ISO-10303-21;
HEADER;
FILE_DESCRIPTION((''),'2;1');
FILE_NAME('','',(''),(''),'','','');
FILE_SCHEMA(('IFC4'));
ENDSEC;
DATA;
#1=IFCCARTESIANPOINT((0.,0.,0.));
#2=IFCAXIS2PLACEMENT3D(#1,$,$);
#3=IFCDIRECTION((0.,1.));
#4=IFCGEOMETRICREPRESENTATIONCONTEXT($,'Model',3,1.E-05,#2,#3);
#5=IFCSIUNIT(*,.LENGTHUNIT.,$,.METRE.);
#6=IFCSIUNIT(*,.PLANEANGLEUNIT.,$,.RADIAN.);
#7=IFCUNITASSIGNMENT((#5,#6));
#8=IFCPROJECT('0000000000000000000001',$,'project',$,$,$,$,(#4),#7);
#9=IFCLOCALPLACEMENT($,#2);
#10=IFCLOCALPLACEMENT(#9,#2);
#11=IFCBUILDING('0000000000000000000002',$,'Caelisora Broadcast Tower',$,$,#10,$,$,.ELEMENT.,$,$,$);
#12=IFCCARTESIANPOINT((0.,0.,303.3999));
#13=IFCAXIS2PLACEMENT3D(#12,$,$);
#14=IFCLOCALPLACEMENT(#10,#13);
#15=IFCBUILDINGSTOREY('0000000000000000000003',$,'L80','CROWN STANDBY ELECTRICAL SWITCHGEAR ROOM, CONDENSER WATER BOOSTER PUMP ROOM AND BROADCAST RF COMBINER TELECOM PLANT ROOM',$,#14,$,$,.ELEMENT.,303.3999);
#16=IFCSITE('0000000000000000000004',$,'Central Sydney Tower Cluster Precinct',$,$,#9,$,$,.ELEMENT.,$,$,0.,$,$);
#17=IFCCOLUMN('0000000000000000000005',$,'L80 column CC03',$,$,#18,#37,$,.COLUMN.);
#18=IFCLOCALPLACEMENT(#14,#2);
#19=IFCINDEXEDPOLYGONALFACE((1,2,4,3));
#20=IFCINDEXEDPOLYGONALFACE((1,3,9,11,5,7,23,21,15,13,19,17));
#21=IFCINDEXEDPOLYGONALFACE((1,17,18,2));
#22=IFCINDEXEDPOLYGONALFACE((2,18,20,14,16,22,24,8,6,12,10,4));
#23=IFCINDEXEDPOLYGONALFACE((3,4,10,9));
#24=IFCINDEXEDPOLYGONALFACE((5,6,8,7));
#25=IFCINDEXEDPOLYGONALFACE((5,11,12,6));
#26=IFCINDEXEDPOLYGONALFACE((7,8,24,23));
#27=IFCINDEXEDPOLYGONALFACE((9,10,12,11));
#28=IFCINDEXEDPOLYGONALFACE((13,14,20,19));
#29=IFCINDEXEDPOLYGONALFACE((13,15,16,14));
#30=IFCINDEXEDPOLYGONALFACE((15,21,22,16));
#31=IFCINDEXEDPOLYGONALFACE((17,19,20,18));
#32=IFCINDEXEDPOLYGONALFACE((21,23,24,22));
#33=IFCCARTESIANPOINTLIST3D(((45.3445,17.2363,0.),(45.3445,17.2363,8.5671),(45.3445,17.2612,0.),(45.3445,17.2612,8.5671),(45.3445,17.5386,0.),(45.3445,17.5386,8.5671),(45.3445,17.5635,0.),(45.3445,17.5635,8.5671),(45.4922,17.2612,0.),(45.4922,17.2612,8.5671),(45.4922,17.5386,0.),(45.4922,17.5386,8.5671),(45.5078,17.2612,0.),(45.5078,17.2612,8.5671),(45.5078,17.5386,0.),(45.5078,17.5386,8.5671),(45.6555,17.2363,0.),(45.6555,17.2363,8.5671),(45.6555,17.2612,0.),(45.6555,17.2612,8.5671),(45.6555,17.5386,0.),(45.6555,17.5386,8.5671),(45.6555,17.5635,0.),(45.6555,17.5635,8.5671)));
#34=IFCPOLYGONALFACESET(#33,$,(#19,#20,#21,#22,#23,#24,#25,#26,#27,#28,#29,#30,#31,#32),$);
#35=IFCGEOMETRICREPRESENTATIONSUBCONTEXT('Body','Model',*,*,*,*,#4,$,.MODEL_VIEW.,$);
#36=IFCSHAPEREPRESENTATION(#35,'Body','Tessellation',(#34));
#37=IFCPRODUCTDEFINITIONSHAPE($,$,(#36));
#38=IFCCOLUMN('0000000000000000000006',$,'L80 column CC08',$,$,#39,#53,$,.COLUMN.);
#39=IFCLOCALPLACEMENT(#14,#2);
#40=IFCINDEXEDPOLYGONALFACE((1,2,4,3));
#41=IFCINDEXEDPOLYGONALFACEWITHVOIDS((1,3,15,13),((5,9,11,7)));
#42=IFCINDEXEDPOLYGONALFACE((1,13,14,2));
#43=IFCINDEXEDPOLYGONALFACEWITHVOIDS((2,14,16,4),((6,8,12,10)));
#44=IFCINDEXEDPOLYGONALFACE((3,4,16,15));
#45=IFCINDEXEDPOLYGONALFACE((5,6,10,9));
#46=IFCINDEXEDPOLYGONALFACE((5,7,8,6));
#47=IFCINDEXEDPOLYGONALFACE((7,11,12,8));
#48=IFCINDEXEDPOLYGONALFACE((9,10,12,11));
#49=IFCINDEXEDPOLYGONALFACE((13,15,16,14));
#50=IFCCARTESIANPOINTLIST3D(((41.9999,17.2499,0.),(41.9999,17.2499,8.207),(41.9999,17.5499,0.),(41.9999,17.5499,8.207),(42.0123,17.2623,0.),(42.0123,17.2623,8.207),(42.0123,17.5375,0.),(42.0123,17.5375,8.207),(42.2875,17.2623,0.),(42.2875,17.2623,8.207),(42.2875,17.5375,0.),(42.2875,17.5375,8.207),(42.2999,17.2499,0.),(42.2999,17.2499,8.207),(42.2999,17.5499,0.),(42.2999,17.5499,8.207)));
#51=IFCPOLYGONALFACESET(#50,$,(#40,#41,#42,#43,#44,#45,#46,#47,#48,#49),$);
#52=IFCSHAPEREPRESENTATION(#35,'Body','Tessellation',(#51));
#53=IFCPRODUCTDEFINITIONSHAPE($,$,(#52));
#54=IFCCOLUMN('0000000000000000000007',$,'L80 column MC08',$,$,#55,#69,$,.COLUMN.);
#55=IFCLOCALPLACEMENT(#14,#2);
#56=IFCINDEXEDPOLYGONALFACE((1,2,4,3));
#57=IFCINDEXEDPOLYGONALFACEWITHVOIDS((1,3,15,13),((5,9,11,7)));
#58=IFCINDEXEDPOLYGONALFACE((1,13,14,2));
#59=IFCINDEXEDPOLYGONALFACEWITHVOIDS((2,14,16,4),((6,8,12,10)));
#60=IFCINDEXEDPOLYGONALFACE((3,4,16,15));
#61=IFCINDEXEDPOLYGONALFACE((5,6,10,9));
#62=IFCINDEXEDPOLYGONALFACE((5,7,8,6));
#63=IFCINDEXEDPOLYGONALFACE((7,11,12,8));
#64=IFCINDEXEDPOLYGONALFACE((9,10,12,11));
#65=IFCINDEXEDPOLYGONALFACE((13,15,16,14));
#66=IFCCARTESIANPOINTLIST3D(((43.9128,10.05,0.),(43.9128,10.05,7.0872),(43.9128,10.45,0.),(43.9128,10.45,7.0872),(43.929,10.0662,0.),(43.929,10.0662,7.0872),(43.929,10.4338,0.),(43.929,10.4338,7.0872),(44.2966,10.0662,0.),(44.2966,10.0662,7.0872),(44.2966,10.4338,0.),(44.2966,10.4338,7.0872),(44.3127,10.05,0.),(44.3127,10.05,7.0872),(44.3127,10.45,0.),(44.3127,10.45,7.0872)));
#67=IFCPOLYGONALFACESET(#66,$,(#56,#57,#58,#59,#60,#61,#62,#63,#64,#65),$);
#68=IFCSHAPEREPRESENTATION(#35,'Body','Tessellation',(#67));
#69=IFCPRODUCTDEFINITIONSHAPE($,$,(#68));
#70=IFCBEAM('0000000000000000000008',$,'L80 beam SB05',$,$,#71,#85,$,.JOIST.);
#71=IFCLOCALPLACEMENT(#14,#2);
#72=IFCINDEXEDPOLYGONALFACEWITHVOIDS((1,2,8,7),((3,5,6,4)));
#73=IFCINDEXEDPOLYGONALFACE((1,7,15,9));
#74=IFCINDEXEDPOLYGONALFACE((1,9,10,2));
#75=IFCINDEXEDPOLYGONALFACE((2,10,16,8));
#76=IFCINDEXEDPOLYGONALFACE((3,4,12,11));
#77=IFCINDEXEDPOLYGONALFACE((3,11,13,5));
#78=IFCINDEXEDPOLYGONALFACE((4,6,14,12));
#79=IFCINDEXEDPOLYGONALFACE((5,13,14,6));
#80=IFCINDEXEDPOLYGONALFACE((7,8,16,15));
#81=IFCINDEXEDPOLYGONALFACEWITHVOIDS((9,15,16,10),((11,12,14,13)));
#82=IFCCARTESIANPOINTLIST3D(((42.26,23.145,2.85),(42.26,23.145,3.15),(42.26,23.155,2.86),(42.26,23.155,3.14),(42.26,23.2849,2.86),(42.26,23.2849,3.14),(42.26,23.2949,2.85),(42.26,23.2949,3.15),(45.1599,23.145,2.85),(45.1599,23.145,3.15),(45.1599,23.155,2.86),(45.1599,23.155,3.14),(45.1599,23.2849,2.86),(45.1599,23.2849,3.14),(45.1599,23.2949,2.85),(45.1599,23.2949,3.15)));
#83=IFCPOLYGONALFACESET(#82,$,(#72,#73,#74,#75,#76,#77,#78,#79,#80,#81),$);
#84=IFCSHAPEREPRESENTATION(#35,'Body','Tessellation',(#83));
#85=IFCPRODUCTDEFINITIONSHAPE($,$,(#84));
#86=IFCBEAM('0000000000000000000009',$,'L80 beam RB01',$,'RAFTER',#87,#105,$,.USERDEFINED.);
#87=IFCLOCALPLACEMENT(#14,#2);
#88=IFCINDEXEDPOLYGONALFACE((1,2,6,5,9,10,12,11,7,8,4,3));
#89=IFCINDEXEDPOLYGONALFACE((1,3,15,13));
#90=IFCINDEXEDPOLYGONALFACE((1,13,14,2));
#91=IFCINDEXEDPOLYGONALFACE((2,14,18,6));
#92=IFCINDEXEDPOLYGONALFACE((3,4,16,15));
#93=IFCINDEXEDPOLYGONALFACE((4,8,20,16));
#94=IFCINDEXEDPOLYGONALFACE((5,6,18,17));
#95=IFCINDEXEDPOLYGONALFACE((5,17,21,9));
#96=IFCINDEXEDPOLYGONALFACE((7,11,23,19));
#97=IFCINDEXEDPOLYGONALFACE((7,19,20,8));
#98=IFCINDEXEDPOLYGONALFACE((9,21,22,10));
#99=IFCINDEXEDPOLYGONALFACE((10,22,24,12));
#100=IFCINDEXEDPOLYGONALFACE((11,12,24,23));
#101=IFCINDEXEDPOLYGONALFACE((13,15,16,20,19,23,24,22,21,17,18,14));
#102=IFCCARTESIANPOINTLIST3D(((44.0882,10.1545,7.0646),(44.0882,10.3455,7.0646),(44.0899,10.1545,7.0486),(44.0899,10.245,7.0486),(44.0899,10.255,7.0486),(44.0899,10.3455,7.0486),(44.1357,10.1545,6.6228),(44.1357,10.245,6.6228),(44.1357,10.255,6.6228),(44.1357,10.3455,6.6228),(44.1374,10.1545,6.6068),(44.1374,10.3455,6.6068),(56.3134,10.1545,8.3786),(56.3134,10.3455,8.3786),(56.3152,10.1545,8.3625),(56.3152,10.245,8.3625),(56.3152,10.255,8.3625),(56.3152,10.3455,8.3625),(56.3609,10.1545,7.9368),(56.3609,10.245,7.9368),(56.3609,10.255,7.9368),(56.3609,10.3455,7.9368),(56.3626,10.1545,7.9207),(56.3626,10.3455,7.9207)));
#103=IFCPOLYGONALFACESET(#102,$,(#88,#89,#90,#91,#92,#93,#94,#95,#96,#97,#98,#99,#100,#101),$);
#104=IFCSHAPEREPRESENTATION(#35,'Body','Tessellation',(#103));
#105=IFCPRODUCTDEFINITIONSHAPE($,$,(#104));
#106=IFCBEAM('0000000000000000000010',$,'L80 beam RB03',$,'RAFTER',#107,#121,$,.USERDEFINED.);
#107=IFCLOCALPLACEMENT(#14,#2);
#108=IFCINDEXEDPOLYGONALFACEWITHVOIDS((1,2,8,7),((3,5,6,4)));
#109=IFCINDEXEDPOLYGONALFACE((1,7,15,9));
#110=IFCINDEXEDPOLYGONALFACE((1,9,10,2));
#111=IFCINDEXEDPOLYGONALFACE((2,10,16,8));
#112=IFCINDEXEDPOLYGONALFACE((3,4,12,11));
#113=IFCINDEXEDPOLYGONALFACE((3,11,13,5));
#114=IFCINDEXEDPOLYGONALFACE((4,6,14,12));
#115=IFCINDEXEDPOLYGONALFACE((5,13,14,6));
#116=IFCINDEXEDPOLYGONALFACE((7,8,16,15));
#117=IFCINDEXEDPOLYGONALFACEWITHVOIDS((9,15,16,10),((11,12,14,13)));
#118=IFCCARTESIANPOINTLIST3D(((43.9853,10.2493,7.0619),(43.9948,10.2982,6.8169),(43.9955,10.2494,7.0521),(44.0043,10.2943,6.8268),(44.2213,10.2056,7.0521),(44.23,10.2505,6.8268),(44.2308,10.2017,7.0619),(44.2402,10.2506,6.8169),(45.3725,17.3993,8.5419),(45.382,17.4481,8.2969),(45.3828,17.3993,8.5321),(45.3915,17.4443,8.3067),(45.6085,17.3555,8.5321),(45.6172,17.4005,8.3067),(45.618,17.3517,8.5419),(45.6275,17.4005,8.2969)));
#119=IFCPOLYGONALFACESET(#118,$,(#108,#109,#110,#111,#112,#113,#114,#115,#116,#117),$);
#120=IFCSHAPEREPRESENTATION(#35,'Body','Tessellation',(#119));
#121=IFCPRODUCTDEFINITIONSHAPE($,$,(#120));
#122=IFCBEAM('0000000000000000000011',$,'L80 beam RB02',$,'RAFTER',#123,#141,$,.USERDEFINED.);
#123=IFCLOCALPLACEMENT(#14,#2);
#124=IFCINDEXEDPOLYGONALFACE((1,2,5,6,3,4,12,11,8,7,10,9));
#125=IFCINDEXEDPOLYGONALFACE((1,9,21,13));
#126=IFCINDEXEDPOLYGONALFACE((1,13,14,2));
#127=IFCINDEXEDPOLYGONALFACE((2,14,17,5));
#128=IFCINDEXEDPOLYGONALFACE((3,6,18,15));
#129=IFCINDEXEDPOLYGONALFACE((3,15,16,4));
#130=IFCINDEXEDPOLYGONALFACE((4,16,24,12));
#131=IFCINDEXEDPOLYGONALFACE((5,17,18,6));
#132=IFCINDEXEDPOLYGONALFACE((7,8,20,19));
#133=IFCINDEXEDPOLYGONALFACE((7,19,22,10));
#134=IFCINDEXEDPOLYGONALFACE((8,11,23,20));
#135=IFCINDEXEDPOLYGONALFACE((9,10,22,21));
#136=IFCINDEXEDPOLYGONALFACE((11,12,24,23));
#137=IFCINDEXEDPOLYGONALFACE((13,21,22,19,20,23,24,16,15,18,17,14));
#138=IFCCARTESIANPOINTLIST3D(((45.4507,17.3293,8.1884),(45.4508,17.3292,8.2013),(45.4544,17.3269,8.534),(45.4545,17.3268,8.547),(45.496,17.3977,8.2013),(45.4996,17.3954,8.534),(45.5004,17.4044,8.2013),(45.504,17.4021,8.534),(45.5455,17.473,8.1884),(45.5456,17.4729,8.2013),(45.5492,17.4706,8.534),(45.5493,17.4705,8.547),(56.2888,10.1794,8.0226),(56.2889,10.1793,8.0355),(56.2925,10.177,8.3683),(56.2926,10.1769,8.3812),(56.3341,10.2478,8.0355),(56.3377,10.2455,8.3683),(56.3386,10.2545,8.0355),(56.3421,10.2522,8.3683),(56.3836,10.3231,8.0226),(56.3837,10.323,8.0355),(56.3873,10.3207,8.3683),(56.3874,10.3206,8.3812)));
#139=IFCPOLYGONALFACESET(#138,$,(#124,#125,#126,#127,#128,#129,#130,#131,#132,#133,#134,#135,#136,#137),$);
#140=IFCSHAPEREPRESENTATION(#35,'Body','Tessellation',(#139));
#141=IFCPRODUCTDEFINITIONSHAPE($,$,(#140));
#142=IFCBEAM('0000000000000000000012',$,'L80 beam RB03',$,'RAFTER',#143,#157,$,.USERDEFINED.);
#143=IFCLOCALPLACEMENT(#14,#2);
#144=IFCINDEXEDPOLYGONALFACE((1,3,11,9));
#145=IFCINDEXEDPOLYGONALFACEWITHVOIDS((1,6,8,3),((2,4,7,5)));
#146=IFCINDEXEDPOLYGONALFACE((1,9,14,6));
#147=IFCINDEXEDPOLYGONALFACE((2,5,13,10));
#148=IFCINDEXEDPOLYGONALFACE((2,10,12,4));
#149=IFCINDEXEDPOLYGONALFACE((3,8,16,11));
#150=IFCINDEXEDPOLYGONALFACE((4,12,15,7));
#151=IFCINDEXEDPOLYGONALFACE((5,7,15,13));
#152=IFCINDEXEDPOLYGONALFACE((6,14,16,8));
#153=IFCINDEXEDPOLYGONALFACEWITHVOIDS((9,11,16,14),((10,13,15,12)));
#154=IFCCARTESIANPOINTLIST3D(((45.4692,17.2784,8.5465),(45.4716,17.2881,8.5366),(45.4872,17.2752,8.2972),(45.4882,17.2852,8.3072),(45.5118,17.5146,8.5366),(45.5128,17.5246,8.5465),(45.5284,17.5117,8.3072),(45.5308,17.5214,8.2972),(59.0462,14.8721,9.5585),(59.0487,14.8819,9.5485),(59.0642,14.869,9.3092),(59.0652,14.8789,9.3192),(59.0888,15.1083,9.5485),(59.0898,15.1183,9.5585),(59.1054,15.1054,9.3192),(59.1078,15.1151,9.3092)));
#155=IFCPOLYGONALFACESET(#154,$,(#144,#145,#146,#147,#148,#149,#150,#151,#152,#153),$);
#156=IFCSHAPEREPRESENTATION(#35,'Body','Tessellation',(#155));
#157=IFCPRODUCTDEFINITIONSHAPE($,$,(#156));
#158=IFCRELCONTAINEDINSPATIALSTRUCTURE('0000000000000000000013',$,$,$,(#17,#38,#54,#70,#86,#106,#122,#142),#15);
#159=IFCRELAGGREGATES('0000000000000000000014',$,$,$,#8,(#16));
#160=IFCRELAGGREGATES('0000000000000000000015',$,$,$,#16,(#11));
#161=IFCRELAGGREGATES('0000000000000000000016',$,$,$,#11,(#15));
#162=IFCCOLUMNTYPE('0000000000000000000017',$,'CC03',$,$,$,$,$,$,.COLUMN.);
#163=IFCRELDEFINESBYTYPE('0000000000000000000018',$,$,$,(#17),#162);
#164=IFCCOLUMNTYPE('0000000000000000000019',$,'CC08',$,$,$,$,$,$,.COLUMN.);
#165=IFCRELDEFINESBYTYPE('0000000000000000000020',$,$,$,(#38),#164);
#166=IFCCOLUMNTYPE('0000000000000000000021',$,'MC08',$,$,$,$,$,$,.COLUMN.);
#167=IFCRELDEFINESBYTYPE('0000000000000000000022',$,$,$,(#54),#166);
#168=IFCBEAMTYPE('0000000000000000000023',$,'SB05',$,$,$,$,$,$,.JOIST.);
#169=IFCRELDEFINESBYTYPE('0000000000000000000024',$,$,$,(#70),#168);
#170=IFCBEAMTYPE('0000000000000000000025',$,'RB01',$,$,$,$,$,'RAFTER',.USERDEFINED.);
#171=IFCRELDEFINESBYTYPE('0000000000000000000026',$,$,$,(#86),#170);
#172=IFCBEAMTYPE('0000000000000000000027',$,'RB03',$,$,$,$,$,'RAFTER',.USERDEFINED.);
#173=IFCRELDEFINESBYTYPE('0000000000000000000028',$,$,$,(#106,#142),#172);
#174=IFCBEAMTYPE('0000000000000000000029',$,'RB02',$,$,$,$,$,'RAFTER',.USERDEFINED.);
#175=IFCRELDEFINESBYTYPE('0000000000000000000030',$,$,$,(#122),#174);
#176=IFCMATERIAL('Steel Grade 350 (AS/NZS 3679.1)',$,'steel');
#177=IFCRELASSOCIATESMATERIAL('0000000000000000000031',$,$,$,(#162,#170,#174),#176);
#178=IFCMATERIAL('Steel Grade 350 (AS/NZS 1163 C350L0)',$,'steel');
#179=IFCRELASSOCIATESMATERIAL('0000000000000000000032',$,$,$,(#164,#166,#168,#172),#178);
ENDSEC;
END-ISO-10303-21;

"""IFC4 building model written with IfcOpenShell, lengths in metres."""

from ifc_helpers import new_model, si_unit, direction, frame, origin, origin_2d, place, context, subcontext, project, spatial, hollow_rectangle, i_section, extrude, source, transform, mapped, material, material_profile, profile_set, type_object, type_shapes, element, save


model = new_model("IFC4")

# Units and contexts
model_context = context("Model", 3, precision=1e-05, world=origin(), true_north=direction((0.0, 1.0)))
body_context = subcontext(model_context, "Body", "Model", "MODEL_VIEW")
ifc_project = project(units=[si_unit("LENGTHUNIT", "METRE"), si_unit("PLANEANGLEUNIT", "RADIAN")], contexts=[model_context])

# Site, building, storey
site_placement = place(None, origin())
site = spatial("IfcSite", under=ifc_project, at=site_placement, Name="Central Sydney Tower Cluster Precinct", CompositionType="ELEMENT", RefElevation=0.0)
building_placement = place(site_placement, origin())
building = spatial("IfcBuilding", under=site, at=building_placement, Name="Caelisora Broadcast Tower", CompositionType="ELEMENT")
storey_placement = place(building_placement, frame((0.0, 0.0, 303.3999)))
storey = spatial("IfcBuildingStorey", under=building, at=storey_placement, Name="L80", Description="CROWN STANDBY ELECTRICAL SWITCHGEAR ROOM, CONDENSER WATER BOOSTER PUMP ROOM AND BROADCAST RF COMBINER TELECOM PLANT ROOM", CompositionType="ELEMENT", Elevation=303.3999)

# Columns
ifc_material_1 = material(Name="Steel Grade 350 (AS/NZS 3679.1)", Category="steel")
ifc_material_profile_1 = material_profile(ifc_material_1, i_section(OverallWidth=0.311, OverallDepth=0.3271, WebThickness=0.0156, FlangeThickness=0.0249, at=origin_2d()), Name="Steel Grade 350 (AS/NZS 3679.1)")
ifc_profile_set_1 = profile_set([ifc_material_profile_1], Name="Steel Grade 350 (AS/NZS 3679.1)")
column_type_1 = type_object("IfcColumnType", Name="CC03", PredefinedType="COLUMN", material=ifc_profile_set_1)
shared_shape_1 = source(origin(), body_context, "Body", "SweptSolid", [
    extrude(i_section(OverallWidth=0.311, OverallDepth=0.3271, WebThickness=0.0156, FlangeThickness=0.0249, at=origin_2d()), origin(), (0.0, 0.0, 1.0), 8.5671),
])
type_shapes(column_type_1, [shared_shape_1])
column_1_placement = place(storey_placement, frame((45.5, 17.3999, 0.0), z_axis=(0.0, 0.0, 1.0), x_axis=(1.0, 0.0, 0.0)))
element("IfcColumn", 1, at=column_1_placement, inside=storey, type_object=column_type_1, Name="L80 column CC03", PredefinedType="COLUMN", context=body_context, shape_type="MappedRepresentation", body=[
    mapped(shared_shape_1, transform((0.0, 0.0, 0.0), scale=1.0)),
])
ifc_material_2 = material(Name="Steel Grade 350 (AS/NZS 1163 C350L0)", Category="steel")
ifc_material_profile_2 = material_profile(ifc_material_2, hollow_rectangle(XDim=0.3, YDim=0.3, WallThickness=0.0125, at=origin_2d()), Name="Steel Grade 350 (AS/NZS 1163 C350L0)")
ifc_profile_set_2 = profile_set([ifc_material_profile_2], Name="Steel Grade 350 (AS/NZS 1163 C350L0)")
column_type_2 = type_object("IfcColumnType", Name="CC08", PredefinedType="COLUMN", material=ifc_profile_set_2)
shared_shape_2 = source(origin(), body_context, "Body", "SweptSolid", [
    extrude(hollow_rectangle(XDim=0.3, YDim=0.3, WallThickness=0.0125, at=origin_2d()), origin(), (0.0, 0.0, 1.0), 8.207),
])
type_shapes(column_type_2, [shared_shape_2])
column_2_placement = place(storey_placement, frame((42.1499, 17.3999, 0.0), z_axis=(0.0, 0.0, 1.0), x_axis=(1.0, 0.0, 0.0)))
element("IfcColumn", 2, at=column_2_placement, inside=storey, type_object=column_type_2, Name="L80 column CC08", PredefinedType="COLUMN", context=body_context, shape_type="MappedRepresentation", body=[
    mapped(shared_shape_2, transform((0.0, 0.0, 0.0), scale=1.0)),
])
ifc_material_profile_3 = material_profile(ifc_material_2, hollow_rectangle(XDim=0.3999, YDim=0.3999, WallThickness=0.0161, at=origin_2d()), Name="Steel Grade 350 (AS/NZS 1163 C350L0)")
ifc_profile_set_3 = profile_set([ifc_material_profile_3], Name="Steel Grade 350 (AS/NZS 1163 C350L0)")
column_type_3 = type_object("IfcColumnType", Name="MC08", PredefinedType="COLUMN", material=ifc_profile_set_3)
shared_shape_3 = source(origin(), body_context, "Body", "SweptSolid", [
    extrude(hollow_rectangle(XDim=0.3999, YDim=0.3999, WallThickness=0.0161, at=origin_2d()), origin(), (0.0, 0.0, 1.0), 7.0872),
])
type_shapes(column_type_3, [shared_shape_3])
column_3_placement = place(storey_placement, frame((44.1128, 10.25, 0.0), z_axis=(0.0, 0.0, 1.0), x_axis=(1.0, 0.0, 0.0)))
element("IfcColumn", 3, at=column_3_placement, inside=storey, type_object=column_type_3, Name="L80 column MC08", PredefinedType="COLUMN", context=body_context, shape_type="MappedRepresentation", body=[
    mapped(shared_shape_3, transform((0.0, 0.0, 0.0), scale=1.0)),
])

# Beams
ifc_material_profile_4 = material_profile(ifc_material_2, hollow_rectangle(XDim=0.1499, YDim=0.3, WallThickness=0.01, at=origin_2d()), Name="Steel Grade 350 (AS/NZS 1163 C350L0)")
ifc_profile_set_4 = profile_set([ifc_material_profile_4], Name="Steel Grade 350 (AS/NZS 1163 C350L0)")
beam_type_1 = type_object("IfcBeamType", Name="SB05", PredefinedType="JOIST", material=ifc_profile_set_4)
shared_shape_4 = source(origin(), body_context, "Body", "SweptSolid", [
    extrude(hollow_rectangle(XDim=0.1499, YDim=0.3, WallThickness=0.01, at=origin_2d()), origin(), (0.0, 0.0, 1.0), 2.8999),
])
type_shapes(beam_type_1, [shared_shape_4])
beam_1_placement = place(storey_placement, frame((42.26, 23.22, 3.0), z_axis=(1.0, 0.0, 0.0), x_axis=(0.0, 1.0, 0.0)))
element("IfcBeam", 4, at=beam_1_placement, inside=storey, type_object=beam_type_1, Name="L80 beam SB05", PredefinedType="JOIST", context=body_context, shape_type="MappedRepresentation", body=[
    mapped(shared_shape_4, transform((0.0, 0.0, 0.0), scale=1.0)),
])
ifc_material_profile_5 = material_profile(ifc_material_1, i_section(OverallWidth=0.1909, OverallDepth=0.4604, WebThickness=0.01, FlangeThickness=0.0161, at=origin_2d()), Name="Steel Grade 350 (AS/NZS 3679.1)")
ifc_profile_set_5 = profile_set([ifc_material_profile_5], Name="Steel Grade 350 (AS/NZS 3679.1)")
beam_type_2 = type_object("IfcBeamType", Name="RB01", ElementType="RAFTER", PredefinedType="USERDEFINED", material=ifc_profile_set_5)
shared_shape_5 = source(origin(), body_context, "Body", "SweptSolid", [
    extrude(i_section(OverallWidth=0.1909, OverallDepth=0.4604, WebThickness=0.01, FlangeThickness=0.0161, at=origin_2d()), origin(), (0.0, 0.0, 1.0), 12.2957),
])
type_shapes(beam_type_2, [shared_shape_5])
beam_2_placement = place(storey_placement, frame((44.1128, 10.25, 6.8357), z_axis=(0.994274, 0.0, 0.106863), x_axis=(0.0, 1.0, 0.0)))
element("IfcBeam", 5, at=beam_2_placement, inside=storey, type_object=beam_type_2, Name="L80 beam RB01", ObjectType="RAFTER", PredefinedType="USERDEFINED", context=body_context, shape_type="MappedRepresentation", body=[
    mapped(shared_shape_5, transform((0.0, 0.0, 0.0), scale=1.0)),
])
ifc_material_profile_6 = material_profile(ifc_material_2, hollow_rectangle(XDim=0.25, YDim=0.25, WallThickness=0.01, at=origin_2d()), Name="Steel Grade 350 (AS/NZS 1163 C350L0)")
ifc_profile_set_6 = profile_set([ifc_material_profile_6], Name="Steel Grade 350 (AS/NZS 1163 C350L0)")
beam_type_3 = type_object("IfcBeamType", Name="RB03", ElementType="RAFTER", PredefinedType="USERDEFINED", material=ifc_profile_set_6)
shared_shape_6 = source(origin(), body_context, "Body", "SweptSolid", [
    extrude(hollow_rectangle(XDim=0.25, YDim=0.25, WallThickness=0.01, at=origin_2d()), origin(), (0.0, 0.0, 1.0), 7.4321),
])
beam_3_placement = place(storey_placement, frame((45.5, 17.3999, 8.4194), z_axis=(-0.186651, -0.962033, -0.199134), x_axis=(0.981694, -0.190466, 0.0)))
element("IfcBeam", 6, at=beam_3_placement, inside=storey, type_object=beam_type_3, Name="L80 beam RB03", ObjectType="RAFTER", PredefinedType="USERDEFINED", context=body_context, shape_type="MappedRepresentation", body=[
    mapped(shared_shape_6, transform((0.0, 0.0, 0.0), scale=1.0)),
])
ifc_material_profile_7 = material_profile(ifc_material_1, i_section(OverallWidth=0.1721, OverallDepth=0.3586, WebThickness=0.0081, FlangeThickness=0.0129, at=origin_2d()), Name="Steel Grade 350 (AS/NZS 3679.1)")
ifc_profile_set_7 = profile_set([ifc_material_profile_7], Name="Steel Grade 350 (AS/NZS 3679.1)")
beam_type_4 = type_object("IfcBeamType", Name="RB02", ElementType="RAFTER", PredefinedType="USERDEFINED", material=ifc_profile_set_7)
shared_shape_7 = source(origin(), body_context, "Body", "SweptSolid", [
    extrude(i_section(OverallWidth=0.1721, OverallDepth=0.3586, WebThickness=0.0081, FlangeThickness=0.0129, at=origin_2d()), origin(), (0.0, 0.0, 1.0), 12.9851),
])
type_shapes(beam_type_4, [shared_shape_7])
beam_4_placement = place(storey_placement, frame((45.5, 17.3999, 8.3677), z_axis=(0.834657, -0.550622, -0.012766), x_axis=(0.550667, 0.834725, 0.0)))
element("IfcBeam", 7, at=beam_4_placement, inside=storey, type_object=beam_type_4, Name="L80 beam RB02", ObjectType="RAFTER", PredefinedType="USERDEFINED", context=body_context, shape_type="MappedRepresentation", body=[
    mapped(shared_shape_7, transform((0.0, 0.0, 0.0), scale=1.0)),
])
shared_shape_8 = source(origin(), body_context, "Body", "SweptSolid", [
    extrude(hollow_rectangle(XDim=0.25, YDim=0.25, WallThickness=0.01, at=origin_2d()), origin(), (0.0, 0.0, 1.0), 13.8257),
])
type_shapes(beam_type_3, [shared_shape_6, shared_shape_8])
beam_5_placement = place(storey_placement, frame((45.5, 17.3999, 8.4219), z_axis=(0.982014, -0.174043, 0.073195), x_axis=(0.174512, 0.984655, 0.0)))
element("IfcBeam", 8, at=beam_5_placement, inside=storey, type_object=beam_type_3, Name="L80 beam RB03", ObjectType="RAFTER", PredefinedType="USERDEFINED", context=body_context, shape_type="MappedRepresentation", body=[
    mapped(shared_shape_8, transform((0.0, 0.0, 0.0), scale=1.0)),
])

save(model, "model.ifc")
